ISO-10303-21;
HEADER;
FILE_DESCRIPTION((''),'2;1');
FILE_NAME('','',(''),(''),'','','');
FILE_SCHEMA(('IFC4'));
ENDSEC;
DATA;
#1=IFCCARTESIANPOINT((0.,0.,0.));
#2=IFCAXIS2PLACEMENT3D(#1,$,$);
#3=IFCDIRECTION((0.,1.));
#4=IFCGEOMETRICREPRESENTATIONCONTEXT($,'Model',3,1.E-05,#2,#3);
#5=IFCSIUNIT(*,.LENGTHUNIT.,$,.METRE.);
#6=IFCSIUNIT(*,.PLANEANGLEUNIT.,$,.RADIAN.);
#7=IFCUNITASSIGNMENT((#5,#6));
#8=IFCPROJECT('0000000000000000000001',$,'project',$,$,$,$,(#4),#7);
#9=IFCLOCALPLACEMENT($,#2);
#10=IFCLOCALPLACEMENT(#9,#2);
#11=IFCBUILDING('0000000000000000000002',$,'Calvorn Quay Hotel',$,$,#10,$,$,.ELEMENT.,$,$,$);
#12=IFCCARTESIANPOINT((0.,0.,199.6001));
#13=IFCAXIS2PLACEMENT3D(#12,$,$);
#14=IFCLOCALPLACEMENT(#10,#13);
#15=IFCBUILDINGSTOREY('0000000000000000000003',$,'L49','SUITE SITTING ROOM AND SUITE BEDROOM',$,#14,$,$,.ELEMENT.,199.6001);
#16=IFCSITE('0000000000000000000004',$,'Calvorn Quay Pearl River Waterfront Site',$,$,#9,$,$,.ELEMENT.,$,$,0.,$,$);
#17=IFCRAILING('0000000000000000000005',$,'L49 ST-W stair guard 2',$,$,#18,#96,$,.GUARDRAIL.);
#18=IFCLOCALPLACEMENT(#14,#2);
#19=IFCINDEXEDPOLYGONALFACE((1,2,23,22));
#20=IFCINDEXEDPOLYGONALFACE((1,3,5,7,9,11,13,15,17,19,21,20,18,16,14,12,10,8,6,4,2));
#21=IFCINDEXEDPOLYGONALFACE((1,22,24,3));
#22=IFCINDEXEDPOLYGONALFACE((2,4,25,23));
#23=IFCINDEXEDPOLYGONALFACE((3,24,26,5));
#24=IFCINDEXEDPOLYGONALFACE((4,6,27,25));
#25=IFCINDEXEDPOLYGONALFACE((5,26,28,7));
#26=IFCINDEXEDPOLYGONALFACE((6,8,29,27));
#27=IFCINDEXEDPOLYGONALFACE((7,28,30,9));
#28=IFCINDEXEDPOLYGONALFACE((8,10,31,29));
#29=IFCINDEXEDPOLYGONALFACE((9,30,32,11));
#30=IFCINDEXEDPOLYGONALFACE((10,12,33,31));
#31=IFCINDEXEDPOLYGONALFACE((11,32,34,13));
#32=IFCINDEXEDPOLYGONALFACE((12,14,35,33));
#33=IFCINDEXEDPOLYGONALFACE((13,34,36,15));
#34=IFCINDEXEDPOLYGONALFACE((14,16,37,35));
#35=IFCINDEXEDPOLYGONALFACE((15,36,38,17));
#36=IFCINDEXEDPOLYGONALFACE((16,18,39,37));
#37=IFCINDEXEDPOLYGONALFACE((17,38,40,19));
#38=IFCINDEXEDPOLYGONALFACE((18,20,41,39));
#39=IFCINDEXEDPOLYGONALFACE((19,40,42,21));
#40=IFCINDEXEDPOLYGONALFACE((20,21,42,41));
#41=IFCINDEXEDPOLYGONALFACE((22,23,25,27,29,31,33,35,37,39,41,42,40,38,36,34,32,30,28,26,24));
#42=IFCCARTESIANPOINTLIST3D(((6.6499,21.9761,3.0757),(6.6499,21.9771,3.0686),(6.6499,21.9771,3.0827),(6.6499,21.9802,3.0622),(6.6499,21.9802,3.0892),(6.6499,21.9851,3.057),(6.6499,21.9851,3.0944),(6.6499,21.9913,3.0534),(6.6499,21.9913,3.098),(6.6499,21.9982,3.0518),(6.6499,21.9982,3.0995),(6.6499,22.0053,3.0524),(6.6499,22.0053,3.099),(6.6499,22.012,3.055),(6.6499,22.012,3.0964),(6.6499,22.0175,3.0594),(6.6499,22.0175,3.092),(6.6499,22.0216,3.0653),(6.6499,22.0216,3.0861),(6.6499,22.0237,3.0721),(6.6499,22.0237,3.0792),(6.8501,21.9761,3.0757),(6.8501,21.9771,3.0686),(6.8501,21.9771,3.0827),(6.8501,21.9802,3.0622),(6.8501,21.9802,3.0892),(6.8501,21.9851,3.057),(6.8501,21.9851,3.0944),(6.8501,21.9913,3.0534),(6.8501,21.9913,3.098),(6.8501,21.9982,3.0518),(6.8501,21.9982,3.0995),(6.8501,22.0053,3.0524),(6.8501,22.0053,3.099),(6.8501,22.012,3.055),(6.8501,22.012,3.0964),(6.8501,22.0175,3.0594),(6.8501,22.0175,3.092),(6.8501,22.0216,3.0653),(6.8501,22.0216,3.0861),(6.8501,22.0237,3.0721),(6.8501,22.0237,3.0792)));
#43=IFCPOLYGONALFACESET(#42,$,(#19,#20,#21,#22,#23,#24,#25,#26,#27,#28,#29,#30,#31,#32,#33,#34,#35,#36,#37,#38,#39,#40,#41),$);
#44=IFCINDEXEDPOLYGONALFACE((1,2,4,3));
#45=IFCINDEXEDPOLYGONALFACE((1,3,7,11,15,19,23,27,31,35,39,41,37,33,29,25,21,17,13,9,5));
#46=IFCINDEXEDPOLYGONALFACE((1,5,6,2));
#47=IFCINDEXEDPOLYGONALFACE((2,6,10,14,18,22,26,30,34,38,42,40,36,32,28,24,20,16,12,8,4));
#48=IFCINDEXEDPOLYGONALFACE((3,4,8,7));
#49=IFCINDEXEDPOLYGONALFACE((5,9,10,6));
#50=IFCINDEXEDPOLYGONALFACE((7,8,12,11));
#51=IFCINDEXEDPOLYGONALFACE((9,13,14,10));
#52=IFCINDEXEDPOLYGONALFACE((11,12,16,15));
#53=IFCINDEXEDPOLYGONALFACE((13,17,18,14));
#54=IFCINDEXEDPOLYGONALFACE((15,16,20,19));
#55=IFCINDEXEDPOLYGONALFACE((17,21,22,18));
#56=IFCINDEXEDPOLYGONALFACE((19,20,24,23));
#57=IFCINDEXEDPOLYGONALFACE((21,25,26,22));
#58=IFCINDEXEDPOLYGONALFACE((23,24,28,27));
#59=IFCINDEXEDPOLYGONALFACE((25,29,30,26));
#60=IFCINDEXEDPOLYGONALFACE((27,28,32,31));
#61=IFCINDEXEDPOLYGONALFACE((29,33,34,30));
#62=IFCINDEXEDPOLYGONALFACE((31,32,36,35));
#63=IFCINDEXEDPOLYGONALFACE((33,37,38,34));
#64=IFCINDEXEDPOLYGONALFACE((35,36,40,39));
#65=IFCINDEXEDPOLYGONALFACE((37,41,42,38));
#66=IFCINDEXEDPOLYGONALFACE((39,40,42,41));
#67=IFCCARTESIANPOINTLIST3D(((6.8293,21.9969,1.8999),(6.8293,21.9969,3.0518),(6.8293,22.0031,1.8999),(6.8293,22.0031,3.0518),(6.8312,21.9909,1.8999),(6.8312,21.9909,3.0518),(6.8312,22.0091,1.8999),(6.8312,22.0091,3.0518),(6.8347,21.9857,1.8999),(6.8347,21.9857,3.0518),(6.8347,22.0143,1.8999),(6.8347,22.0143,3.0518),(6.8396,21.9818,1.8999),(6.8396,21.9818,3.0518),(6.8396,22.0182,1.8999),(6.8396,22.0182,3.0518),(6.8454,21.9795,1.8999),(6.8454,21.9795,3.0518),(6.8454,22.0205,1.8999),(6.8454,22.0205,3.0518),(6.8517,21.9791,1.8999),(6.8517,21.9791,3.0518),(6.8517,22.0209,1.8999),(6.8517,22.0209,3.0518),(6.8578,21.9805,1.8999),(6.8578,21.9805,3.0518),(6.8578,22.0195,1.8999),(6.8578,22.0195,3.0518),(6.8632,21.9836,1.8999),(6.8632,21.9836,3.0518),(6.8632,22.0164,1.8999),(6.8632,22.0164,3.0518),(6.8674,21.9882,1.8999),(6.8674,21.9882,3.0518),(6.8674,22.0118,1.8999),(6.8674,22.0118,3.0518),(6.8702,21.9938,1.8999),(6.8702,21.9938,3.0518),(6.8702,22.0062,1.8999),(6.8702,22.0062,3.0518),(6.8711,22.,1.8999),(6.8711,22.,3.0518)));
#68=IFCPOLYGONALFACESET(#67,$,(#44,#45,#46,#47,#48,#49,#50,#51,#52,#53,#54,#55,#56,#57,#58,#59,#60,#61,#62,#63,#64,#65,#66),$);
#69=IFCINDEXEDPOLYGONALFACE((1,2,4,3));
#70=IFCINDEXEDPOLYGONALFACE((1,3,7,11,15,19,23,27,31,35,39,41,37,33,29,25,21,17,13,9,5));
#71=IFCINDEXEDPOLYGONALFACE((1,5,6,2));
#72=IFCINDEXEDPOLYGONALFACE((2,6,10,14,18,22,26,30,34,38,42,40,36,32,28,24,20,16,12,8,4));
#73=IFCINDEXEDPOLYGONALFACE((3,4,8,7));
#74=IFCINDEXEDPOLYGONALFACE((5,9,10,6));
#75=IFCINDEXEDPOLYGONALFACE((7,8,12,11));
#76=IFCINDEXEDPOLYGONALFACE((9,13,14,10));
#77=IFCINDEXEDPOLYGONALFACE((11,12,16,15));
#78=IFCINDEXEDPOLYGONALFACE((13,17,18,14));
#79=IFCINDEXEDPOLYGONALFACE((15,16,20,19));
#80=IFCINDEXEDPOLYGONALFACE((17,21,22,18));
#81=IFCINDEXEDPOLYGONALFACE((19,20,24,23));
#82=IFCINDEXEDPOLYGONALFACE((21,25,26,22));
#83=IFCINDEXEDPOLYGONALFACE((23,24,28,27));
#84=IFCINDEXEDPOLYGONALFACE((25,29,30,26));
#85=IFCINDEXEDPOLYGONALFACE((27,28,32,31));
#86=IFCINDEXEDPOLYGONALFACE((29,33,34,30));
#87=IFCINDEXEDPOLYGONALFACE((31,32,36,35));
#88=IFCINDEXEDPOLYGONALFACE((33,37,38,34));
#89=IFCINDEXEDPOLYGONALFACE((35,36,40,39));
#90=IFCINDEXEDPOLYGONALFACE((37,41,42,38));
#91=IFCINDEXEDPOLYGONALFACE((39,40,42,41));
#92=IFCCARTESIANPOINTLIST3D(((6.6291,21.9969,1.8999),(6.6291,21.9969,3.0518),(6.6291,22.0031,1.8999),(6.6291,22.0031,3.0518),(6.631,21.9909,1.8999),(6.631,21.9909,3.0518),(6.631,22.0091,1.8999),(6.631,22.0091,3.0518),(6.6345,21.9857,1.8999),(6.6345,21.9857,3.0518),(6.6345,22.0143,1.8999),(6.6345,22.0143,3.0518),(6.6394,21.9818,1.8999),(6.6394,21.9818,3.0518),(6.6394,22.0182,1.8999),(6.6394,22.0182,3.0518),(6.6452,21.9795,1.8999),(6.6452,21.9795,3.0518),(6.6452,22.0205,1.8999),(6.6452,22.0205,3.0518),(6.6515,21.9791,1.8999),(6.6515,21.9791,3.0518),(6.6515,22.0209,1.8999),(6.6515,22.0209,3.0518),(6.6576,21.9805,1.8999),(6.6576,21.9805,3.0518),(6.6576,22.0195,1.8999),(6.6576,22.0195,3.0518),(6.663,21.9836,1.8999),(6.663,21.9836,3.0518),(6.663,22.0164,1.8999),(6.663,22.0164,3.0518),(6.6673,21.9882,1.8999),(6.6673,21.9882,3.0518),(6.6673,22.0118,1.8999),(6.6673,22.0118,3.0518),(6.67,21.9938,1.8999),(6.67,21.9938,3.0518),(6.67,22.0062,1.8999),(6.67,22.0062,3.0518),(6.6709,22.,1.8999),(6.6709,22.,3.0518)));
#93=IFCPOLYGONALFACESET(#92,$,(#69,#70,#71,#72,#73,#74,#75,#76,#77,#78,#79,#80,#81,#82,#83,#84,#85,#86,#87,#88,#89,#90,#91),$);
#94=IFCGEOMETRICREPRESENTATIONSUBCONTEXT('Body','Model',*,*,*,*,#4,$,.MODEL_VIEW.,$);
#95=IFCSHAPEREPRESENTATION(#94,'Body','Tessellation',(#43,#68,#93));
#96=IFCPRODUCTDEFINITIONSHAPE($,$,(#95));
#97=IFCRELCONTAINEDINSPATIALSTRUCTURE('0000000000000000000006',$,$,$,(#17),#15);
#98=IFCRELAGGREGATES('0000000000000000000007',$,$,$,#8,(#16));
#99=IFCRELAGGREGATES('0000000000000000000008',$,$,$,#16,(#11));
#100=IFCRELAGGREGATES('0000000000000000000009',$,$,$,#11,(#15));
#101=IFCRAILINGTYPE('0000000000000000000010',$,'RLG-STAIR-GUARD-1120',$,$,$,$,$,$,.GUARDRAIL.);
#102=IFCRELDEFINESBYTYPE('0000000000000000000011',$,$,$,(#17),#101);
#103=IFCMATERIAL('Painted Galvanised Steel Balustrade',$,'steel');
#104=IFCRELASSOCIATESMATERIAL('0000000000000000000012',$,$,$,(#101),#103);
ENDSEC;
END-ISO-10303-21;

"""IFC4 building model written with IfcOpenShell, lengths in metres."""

from ifc_helpers import new_model, si_unit, direction, frame, origin, origin_2d, place, context, subcontext, project, spatial, circle, extrude, material, type_object, element, save


model = new_model("IFC4")

# Units and contexts
model_context = context("Model", 3, precision=1e-05, world=origin(), true_north=direction((0.0, 1.0)))
body_context = subcontext(model_context, "Body", "Model", "MODEL_VIEW")
ifc_project = project(units=[si_unit("LENGTHUNIT", "METRE"), si_unit("PLANEANGLEUNIT", "RADIAN")], contexts=[model_context])

# Site, building, storey
site_placement = place(None, origin())
site = spatial("IfcSite", under=ifc_project, at=site_placement, Name="Calvorn Quay Pearl River Waterfront Site", CompositionType="ELEMENT", RefElevation=0.0)
building_placement = place(site_placement, origin())
building = spatial("IfcBuilding", under=site, at=building_placement, Name="Calvorn Quay Hotel", CompositionType="ELEMENT")
storey_placement = place(building_placement, frame((0.0, 0.0, 199.6001)))
storey = spatial("IfcBuildingStorey", under=building, at=storey_placement, Name="L49", Description="SUITE SITTING ROOM AND SUITE BEDROOM", CompositionType="ELEMENT", Elevation=199.6001)

# Railing
ifc_material_1 = material(Name="Painted Galvanised Steel Balustrade", Category="steel")
railing_type_1 = type_object("IfcRailingType", Name="RLG-STAIR-GUARD-1120", PredefinedType="GUARDRAIL", material=ifc_material_1)
railing_1_placement = place(storey_placement, frame((6.8501, 22.0, 1.8999)))
element("IfcRailing", 1, at=railing_1_placement, inside=storey, type_object=railing_type_1, Name="L49 ST-W stair guard 2", PredefinedType="GUARDRAIL", context=body_context, shape_type="SweptSolid", body=[
    extrude(circle(Radius=0.0239, at=origin_2d()), frame((0.0, 0.0, 1.1758), z_axis=(-1.0, 0.0, 0.0), x_axis=(0.0, -1.0, 0.0)), (0.0, 0.0, 1.0), 0.2002),
    extrude(circle(Radius=0.021, at=origin_2d()), origin(), (0.0, 0.0, 1.0), 1.1519),
    extrude(circle(Radius=0.021, at=origin_2d()), frame((-0.2002, 0.0, 0.0)), (0.0, 0.0, 1.0), 1.1519),
])

save(model, "model.ifc")
